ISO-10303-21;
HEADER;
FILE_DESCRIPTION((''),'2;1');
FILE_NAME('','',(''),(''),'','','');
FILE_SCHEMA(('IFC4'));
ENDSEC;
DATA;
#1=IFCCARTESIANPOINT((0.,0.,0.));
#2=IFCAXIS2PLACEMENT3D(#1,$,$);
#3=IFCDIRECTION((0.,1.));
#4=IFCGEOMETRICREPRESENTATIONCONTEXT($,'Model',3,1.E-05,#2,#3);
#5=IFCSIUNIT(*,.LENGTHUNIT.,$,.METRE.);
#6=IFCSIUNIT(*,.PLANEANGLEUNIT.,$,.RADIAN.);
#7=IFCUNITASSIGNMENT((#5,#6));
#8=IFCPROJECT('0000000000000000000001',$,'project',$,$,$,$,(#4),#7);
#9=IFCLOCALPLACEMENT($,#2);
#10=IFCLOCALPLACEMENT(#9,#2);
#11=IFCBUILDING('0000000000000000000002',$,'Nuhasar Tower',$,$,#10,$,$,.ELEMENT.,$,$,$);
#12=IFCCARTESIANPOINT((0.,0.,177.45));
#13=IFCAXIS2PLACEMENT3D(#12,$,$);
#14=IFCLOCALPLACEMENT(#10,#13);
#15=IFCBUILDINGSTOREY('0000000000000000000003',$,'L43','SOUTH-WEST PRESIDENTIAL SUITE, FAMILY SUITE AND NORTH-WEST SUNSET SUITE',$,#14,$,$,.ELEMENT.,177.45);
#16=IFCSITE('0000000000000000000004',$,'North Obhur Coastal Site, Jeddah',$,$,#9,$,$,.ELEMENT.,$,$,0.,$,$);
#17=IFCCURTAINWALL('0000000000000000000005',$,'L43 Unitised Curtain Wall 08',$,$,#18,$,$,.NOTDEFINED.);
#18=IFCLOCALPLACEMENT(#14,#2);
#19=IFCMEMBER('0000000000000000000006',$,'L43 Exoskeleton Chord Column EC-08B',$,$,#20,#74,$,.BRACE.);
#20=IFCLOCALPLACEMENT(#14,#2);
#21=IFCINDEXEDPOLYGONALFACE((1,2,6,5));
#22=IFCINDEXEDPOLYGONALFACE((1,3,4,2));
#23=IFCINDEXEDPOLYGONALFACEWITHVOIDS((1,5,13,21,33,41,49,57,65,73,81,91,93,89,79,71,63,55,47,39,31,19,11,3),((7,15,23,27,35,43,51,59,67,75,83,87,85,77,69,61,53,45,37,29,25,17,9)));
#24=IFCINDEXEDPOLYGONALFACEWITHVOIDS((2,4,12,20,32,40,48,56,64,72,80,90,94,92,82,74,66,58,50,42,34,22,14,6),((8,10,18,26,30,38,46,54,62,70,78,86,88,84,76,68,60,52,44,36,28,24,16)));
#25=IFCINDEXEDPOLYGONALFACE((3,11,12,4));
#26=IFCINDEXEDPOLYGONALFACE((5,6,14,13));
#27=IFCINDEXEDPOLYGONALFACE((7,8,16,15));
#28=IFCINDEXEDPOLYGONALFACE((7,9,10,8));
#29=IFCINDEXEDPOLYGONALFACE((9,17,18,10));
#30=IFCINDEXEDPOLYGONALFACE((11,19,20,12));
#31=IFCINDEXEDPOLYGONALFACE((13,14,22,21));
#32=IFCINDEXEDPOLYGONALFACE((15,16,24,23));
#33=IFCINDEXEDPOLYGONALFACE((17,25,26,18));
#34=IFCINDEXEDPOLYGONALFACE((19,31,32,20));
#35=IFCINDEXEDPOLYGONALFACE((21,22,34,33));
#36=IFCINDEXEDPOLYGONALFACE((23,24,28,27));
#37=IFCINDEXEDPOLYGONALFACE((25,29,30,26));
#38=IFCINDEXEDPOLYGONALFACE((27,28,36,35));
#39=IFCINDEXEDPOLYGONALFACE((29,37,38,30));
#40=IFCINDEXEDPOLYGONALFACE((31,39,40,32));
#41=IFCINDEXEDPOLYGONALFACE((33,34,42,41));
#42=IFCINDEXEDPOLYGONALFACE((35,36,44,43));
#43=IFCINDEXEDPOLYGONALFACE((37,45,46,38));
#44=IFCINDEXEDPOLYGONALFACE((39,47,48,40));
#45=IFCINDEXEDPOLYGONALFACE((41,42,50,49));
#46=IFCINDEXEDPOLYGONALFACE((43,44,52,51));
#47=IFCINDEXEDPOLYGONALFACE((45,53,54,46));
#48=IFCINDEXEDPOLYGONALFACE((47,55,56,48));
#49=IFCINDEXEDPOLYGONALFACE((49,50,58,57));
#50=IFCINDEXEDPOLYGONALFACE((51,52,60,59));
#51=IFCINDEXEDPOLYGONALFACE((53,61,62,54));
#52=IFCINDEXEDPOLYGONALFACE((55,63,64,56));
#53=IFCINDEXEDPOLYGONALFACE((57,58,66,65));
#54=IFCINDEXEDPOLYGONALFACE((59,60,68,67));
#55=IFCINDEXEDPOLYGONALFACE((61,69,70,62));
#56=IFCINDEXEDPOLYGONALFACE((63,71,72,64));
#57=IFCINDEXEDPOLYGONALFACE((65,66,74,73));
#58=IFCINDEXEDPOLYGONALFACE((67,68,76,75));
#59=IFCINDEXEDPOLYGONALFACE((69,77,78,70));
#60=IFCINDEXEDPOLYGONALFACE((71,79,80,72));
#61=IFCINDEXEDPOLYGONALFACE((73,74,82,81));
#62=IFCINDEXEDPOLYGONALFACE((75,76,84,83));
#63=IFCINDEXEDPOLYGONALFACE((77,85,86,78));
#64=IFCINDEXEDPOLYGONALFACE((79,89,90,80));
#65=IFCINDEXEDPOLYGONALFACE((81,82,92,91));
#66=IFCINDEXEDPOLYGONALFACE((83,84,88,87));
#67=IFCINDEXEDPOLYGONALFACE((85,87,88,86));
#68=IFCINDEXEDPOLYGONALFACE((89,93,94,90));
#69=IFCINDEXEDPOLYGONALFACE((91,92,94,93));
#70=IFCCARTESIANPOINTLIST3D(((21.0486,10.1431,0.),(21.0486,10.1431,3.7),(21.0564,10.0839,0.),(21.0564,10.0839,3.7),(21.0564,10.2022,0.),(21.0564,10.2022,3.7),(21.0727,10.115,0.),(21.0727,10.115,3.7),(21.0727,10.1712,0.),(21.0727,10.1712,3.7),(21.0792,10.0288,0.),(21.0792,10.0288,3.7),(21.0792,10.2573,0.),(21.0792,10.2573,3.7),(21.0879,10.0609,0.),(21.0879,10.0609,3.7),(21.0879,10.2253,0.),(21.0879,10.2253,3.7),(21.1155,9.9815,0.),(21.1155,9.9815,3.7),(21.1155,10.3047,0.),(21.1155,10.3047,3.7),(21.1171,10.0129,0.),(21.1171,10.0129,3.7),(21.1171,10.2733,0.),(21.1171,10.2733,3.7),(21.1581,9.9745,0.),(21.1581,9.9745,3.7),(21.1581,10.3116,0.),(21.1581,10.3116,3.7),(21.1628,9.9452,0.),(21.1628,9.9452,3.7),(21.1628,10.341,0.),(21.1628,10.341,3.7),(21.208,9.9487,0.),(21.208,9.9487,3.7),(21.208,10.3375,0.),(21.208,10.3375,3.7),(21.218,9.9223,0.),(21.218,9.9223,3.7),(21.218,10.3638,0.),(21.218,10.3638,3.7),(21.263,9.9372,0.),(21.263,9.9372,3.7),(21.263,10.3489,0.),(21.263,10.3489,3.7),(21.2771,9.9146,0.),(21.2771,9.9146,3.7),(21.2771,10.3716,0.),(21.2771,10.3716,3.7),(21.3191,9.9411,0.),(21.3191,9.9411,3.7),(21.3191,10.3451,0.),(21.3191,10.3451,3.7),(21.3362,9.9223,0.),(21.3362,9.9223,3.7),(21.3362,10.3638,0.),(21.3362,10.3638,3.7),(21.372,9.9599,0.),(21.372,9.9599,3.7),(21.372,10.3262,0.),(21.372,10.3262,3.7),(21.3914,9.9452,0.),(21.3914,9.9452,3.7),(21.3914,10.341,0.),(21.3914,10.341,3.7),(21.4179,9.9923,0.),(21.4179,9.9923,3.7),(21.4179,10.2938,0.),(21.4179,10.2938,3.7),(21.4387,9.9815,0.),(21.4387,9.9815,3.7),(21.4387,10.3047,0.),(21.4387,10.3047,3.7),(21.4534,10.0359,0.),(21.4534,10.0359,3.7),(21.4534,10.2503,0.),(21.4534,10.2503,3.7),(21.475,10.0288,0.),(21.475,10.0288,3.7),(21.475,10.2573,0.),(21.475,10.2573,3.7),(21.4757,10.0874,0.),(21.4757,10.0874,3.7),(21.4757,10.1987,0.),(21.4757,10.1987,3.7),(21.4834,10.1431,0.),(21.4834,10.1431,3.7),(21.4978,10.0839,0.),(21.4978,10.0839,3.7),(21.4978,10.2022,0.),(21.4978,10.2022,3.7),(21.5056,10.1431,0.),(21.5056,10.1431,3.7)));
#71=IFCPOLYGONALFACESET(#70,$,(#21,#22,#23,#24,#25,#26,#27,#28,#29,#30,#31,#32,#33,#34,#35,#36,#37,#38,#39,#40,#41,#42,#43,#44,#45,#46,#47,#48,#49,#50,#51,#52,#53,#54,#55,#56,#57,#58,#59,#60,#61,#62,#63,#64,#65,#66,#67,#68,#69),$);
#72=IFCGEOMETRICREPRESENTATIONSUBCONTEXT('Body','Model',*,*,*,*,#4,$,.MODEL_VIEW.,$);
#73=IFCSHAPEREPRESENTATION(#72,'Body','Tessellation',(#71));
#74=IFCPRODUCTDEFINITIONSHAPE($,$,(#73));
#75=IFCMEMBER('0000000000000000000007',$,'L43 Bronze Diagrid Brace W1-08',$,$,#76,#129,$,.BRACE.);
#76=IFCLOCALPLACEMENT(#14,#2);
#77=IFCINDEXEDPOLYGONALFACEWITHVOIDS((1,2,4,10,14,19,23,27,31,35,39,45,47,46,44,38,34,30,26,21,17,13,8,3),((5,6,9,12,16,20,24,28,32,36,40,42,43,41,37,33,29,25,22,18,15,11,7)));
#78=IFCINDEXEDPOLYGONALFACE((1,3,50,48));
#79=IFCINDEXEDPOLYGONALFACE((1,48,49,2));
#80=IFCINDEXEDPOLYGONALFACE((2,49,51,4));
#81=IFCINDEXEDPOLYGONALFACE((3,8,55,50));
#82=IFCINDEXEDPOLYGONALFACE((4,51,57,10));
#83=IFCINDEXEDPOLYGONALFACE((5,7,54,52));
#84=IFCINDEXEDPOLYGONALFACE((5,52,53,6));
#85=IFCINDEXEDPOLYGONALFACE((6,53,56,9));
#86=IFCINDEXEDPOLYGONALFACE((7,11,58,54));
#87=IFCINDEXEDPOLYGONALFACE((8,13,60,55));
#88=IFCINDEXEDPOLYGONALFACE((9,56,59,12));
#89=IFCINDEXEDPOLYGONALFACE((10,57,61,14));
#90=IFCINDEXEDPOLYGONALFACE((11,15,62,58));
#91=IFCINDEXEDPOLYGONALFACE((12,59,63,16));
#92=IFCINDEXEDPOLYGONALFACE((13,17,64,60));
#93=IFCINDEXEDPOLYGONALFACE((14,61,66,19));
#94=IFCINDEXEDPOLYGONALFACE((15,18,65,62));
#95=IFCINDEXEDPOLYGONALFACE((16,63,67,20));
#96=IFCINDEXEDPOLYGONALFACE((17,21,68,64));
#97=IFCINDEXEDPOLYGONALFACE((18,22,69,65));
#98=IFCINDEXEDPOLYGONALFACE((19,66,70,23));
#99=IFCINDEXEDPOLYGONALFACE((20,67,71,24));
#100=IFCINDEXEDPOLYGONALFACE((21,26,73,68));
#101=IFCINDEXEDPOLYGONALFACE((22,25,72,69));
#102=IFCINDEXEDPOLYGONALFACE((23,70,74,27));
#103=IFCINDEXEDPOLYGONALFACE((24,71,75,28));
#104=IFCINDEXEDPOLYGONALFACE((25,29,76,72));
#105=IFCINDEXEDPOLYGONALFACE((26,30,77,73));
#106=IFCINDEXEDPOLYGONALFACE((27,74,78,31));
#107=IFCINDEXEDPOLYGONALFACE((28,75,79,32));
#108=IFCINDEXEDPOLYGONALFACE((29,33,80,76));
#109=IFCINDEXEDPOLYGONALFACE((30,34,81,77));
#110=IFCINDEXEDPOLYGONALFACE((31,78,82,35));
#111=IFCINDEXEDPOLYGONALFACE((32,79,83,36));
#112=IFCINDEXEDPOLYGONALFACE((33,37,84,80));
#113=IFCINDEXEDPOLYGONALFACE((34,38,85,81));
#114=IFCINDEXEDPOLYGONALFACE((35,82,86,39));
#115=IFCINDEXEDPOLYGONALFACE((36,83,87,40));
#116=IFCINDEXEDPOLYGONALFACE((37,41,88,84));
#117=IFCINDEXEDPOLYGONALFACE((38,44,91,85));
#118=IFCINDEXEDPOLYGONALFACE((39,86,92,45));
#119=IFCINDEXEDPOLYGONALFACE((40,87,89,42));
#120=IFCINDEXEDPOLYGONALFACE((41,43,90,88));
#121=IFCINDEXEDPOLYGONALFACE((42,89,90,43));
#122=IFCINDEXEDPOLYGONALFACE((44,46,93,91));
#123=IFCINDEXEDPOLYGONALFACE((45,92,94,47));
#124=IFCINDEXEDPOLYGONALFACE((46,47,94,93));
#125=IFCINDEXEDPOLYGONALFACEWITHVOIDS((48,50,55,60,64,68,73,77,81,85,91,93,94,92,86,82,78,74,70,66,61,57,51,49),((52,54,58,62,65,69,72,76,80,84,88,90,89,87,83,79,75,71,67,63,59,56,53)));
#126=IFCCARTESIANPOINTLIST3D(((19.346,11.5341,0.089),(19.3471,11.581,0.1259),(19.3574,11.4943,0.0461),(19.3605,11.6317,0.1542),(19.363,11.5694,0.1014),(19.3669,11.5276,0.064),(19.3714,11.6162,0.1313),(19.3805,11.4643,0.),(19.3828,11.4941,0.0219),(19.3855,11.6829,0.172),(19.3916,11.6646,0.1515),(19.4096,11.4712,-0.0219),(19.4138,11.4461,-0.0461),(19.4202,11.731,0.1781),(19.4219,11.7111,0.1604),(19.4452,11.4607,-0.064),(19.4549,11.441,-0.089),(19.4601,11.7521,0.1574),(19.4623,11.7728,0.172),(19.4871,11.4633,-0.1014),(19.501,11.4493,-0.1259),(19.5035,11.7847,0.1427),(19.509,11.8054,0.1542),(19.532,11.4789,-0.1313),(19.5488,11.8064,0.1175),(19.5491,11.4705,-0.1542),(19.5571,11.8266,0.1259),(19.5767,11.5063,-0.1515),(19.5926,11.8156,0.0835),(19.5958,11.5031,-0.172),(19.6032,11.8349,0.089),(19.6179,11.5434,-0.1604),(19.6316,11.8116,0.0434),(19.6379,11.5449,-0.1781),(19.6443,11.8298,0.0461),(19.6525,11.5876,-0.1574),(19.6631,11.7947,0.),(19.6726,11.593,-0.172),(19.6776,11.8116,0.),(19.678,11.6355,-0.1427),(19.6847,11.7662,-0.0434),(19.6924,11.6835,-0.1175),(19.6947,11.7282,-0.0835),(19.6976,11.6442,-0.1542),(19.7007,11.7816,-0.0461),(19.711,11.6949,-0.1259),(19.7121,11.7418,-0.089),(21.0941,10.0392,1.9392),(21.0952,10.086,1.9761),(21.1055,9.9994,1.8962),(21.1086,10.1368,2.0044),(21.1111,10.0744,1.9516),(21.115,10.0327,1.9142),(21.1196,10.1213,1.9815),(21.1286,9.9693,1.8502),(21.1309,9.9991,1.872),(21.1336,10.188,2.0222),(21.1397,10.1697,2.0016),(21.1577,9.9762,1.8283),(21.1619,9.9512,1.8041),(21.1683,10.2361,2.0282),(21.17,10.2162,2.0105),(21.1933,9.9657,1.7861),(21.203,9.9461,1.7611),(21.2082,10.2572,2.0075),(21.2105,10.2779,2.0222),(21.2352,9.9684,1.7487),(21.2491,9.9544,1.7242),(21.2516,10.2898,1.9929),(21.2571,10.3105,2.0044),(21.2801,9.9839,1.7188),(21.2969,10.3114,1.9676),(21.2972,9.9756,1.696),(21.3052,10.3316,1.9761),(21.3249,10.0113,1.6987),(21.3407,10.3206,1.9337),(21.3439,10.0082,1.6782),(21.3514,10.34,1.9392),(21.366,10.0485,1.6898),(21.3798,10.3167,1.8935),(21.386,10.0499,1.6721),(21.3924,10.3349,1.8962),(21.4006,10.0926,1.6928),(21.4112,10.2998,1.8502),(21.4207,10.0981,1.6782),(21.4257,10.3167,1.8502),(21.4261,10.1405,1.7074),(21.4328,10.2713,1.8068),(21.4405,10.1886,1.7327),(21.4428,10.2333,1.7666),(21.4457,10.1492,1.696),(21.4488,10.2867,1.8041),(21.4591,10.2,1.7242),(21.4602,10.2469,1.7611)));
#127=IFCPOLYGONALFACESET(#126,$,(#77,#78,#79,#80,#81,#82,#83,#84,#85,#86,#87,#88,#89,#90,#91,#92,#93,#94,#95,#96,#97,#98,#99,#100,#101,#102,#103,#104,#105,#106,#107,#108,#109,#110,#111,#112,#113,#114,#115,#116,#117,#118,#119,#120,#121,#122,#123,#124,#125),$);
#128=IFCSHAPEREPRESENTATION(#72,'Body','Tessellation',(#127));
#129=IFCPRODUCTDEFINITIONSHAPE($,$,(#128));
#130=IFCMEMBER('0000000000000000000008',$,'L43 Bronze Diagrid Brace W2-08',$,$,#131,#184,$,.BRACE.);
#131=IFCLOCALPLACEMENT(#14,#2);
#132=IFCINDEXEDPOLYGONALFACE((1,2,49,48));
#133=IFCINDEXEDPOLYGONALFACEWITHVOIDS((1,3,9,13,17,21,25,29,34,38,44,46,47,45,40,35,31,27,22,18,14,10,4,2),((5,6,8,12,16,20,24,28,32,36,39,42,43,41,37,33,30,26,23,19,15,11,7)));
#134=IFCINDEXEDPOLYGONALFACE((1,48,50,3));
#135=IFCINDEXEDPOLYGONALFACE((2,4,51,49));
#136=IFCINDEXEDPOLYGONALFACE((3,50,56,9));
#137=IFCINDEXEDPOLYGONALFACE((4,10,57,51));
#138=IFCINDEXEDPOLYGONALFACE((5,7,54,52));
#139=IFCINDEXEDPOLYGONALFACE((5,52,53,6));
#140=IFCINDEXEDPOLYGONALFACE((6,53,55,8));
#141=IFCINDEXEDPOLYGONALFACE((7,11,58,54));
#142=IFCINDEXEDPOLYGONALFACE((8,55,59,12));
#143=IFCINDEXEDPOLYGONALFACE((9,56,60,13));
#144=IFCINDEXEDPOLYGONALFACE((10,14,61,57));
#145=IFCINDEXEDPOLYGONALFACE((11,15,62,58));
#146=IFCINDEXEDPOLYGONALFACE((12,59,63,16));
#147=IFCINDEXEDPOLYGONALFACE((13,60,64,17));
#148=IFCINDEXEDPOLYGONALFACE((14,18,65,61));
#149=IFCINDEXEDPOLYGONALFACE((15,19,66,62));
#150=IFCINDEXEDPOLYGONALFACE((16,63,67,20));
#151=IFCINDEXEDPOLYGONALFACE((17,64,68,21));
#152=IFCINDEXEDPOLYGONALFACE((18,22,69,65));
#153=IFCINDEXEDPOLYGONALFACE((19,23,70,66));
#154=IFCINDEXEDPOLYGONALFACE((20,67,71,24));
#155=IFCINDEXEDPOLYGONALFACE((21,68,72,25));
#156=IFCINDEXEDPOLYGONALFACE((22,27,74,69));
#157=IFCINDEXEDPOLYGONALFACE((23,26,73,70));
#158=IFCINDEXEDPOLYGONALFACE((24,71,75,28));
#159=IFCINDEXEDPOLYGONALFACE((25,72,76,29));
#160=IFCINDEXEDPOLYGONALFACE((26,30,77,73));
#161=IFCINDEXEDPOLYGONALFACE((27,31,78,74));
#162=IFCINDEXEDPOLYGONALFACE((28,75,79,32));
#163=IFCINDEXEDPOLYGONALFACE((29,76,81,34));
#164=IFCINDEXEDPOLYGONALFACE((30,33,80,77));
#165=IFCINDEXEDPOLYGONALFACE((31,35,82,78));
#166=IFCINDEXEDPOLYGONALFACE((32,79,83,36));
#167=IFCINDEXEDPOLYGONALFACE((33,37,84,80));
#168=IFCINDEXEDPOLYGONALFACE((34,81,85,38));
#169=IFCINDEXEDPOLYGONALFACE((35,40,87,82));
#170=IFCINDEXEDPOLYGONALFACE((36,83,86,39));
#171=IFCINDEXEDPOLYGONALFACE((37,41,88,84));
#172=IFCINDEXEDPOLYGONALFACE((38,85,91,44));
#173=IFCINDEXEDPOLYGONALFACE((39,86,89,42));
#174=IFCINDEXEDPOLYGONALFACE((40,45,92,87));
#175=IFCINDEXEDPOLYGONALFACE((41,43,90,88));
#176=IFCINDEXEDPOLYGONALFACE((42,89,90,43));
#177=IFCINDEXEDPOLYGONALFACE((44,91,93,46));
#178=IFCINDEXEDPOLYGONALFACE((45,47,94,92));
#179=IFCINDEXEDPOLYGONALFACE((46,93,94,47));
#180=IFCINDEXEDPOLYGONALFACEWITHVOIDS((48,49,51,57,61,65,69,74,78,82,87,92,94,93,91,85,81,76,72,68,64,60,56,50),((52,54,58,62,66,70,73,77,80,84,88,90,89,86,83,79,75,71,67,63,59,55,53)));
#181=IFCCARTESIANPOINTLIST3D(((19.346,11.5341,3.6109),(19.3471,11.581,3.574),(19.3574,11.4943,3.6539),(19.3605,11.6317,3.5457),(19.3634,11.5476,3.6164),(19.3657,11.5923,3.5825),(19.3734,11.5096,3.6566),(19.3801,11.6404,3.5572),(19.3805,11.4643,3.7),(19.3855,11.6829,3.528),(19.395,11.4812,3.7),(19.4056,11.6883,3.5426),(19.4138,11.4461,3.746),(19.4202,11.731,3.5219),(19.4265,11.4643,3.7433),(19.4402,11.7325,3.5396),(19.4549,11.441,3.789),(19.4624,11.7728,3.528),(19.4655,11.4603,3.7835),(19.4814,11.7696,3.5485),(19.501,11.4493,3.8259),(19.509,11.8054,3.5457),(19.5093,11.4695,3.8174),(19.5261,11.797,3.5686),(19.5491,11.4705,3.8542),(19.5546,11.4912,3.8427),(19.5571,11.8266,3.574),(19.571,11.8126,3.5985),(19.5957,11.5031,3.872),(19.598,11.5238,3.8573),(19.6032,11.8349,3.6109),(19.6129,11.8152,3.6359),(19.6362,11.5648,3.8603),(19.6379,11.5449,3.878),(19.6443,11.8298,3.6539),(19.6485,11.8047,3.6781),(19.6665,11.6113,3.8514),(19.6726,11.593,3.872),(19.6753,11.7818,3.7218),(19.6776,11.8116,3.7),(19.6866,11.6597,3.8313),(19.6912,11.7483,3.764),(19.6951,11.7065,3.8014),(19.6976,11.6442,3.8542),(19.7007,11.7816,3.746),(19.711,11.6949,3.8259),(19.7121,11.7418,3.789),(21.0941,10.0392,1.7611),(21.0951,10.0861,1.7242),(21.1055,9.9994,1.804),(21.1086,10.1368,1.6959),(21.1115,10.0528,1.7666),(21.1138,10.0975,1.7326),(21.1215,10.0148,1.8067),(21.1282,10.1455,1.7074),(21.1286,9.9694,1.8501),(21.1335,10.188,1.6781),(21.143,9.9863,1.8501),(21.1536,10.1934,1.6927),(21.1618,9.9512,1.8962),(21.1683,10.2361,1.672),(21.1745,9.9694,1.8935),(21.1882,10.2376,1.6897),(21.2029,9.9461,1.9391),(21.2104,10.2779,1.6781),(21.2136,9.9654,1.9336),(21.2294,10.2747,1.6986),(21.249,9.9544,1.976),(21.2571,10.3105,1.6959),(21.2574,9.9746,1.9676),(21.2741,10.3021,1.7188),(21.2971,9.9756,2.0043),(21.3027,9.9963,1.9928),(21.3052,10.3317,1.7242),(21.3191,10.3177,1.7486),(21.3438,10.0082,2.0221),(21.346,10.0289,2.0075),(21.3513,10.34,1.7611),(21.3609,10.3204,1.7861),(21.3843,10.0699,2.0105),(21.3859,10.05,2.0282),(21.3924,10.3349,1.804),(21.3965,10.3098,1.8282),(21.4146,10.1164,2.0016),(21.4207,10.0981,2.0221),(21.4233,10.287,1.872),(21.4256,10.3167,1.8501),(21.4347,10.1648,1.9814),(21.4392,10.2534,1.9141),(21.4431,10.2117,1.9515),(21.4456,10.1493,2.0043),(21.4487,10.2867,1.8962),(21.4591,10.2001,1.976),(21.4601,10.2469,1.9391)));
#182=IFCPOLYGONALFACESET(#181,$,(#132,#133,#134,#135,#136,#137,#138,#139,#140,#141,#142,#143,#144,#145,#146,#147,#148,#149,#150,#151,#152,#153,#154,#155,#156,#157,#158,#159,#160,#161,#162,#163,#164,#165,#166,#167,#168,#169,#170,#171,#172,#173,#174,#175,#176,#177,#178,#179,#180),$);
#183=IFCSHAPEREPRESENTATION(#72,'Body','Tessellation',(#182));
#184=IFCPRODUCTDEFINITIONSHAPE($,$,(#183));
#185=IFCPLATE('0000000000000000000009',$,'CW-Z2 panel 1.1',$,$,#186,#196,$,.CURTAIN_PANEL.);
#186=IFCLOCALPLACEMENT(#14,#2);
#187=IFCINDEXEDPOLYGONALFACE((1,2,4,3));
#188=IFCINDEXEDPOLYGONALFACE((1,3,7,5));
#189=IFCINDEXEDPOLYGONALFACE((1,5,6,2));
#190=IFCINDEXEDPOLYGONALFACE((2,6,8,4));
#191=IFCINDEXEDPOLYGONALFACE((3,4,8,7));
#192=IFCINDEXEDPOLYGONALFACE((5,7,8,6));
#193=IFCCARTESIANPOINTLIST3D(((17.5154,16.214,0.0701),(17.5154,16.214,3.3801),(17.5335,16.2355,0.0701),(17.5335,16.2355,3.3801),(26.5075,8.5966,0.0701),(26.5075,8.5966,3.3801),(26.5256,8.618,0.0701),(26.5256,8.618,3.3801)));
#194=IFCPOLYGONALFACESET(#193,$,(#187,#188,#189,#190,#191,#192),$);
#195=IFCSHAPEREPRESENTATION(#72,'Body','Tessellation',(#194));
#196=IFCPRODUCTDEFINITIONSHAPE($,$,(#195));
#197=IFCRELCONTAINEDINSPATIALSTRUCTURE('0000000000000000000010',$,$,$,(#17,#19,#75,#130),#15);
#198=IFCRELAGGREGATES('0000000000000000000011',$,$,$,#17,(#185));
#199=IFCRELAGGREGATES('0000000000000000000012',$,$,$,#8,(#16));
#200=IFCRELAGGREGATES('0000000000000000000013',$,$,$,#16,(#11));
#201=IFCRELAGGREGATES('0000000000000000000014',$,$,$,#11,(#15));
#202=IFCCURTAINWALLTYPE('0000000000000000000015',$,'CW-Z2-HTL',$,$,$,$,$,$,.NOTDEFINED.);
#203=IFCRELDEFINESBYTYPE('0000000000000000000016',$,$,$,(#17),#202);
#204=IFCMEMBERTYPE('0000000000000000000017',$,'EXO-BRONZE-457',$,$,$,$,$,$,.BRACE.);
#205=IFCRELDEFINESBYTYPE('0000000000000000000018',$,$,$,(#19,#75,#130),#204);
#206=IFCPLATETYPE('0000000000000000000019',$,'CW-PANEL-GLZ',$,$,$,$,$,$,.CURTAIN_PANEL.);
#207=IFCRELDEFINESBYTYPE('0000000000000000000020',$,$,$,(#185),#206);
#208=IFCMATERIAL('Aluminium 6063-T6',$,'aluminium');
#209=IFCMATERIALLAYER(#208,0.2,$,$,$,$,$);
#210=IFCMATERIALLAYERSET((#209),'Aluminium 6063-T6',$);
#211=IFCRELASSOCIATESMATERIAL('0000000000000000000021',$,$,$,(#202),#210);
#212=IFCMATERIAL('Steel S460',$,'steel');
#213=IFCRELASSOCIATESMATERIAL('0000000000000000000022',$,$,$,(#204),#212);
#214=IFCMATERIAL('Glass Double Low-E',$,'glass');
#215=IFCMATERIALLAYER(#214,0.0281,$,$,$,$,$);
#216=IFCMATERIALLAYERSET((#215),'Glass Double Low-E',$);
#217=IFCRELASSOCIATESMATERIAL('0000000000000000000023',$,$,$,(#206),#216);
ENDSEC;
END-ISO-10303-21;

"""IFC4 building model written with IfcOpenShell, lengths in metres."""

from ifc_helpers import new_model, si_unit, direction, frame, origin, origin_2d, place, context, subcontext, project, spatial, rectangle, hollow_circle, extrude, material, layer, layer_set, material_profile, profile_set, type_object, element, aggregate, save


model = new_model("IFC4")

# Units and contexts
model_context = context("Model", 3, precision=1e-05, world=origin(), true_north=direction((0.0, 1.0)))
body_context = subcontext(model_context, "Body", "Model", "MODEL_VIEW")
ifc_project = project(units=[si_unit("LENGTHUNIT", "METRE"), si_unit("PLANEANGLEUNIT", "RADIAN")], contexts=[model_context])

# Site, building, storey
site_placement = place(None, origin())
site = spatial("IfcSite", under=ifc_project, at=site_placement, Name="North Obhur Coastal Site, Jeddah", CompositionType="ELEMENT", RefElevation=0.0)
building_placement = place(site_placement, origin())
building = spatial("IfcBuilding", under=site, at=building_placement, Name="Nuhasar Tower", CompositionType="ELEMENT")
storey_placement = place(building_placement, frame((0.0, 0.0, 177.45)))
storey = spatial("IfcBuildingStorey", under=building, at=storey_placement, Name="L43", Description="SOUTH-WEST PRESIDENTIAL SUITE, FAMILY SUITE AND NORTH-WEST SUNSET SUITE", CompositionType="ELEMENT", Elevation=177.45)

# Curtain wall
ifc_material_1 = material(Name="Aluminium 6063-T6", Category="aluminium")
ifc_layer_1 = layer(ifc_material_1, 0.2)
ifc_layer_set_1 = layer_set([ifc_layer_1], Name="Aluminium 6063-T6")
curtain_wall_type = type_object("IfcCurtainWallType", Name="CW-Z2-HTL", PredefinedType="NOTDEFINED", material=ifc_layer_set_1)
curtain_wall_1_placement = place(storey_placement, origin())
curtain_wall_1 = element("IfcCurtainWall", 1, at=curtain_wall_1_placement, inside=storey, type_object=curtain_wall_type, Name="L43 Unitised Curtain Wall 08", PredefinedType="NOTDEFINED")

# Members
ifc_material_2 = material(Name="Steel S460", Category="steel")
ifc_material_profile_1 = material_profile(ifc_material_2, hollow_circle(Radius=0.2285, WallThickness=0.0222, at=origin_2d()), Name="HSS457X22.2")
ifc_profile_set_1 = profile_set([ifc_material_profile_1], Name="Steel S460")
member_type_1 = type_object("IfcMemberType", Name="EXO-BRONZE-457", PredefinedType="BRACE", material=ifc_profile_set_1)
for number, where, z_axis, x_axis, name in (
    (2, (21.2771, 10.1431, 0.0), (0.0, 0.0, 1.0), (1.0, 0.0, 0.0), "L43 Exoskeleton Chord Column EC-08B"),
):
    element("IfcMember", number, at=place(storey_placement, frame(where, z_axis=z_axis, x_axis=x_axis)), inside=storey, type_object=member_type_1, Name=name, PredefinedType="BRACE", context=body_context, shape_type="SweptSolid", body=[
        extrude(hollow_circle(Radius=0.2285, WallThickness=0.0222, at=origin_2d()), origin(), (0.0, 0.0, 1.0), 3.7),
    ])
member_1_placement = place(storey_placement, frame((19.5291, 11.6379, 0.0), z_axis=(0.592195, -0.506426, 0.626767), x_axis=(0.649926, 0.759998, 0.0)))
element("IfcMember", 3, at=member_1_placement, inside=storey, type_object=member_type_1, Name="L43 Bronze Diagrid Brace W1-08", PredefinedType="BRACE", context=body_context, shape_type="SweptSolid", body=[
    extrude(hollow_circle(Radius=0.2285, WallThickness=0.0222, at=origin_2d()), origin(), (0.0, 0.0, 1.0), 2.9519),
])
member_2_placement = place(storey_placement, frame((21.2771, 10.1431, 1.8501), z_axis=(-0.592226, 0.506452, 0.626717), x_axis=(-0.649926, -0.759998, 0.0)))
element("IfcMember", 4, at=member_2_placement, inside=storey, type_object=member_type_1, Name="L43 Bronze Diagrid Brace W2-08", PredefinedType="BRACE", context=body_context, shape_type="SweptSolid", body=[
    extrude(hollow_circle(Radius=0.2285, WallThickness=0.0222, at=origin_2d()), origin(), (0.0, 0.0, 1.0), 2.9517),
])

# Plate
ifc_material_3 = material(Name="Glass Double Low-E", Category="glass")
ifc_layer_2 = layer(ifc_material_3, 0.0281)
ifc_layer_set_2 = layer_set([ifc_layer_2], Name="Glass Double Low-E")
plate_type = type_object("IfcPlateType", Name="CW-PANEL-GLZ", PredefinedType="CURTAIN_PANEL", material=ifc_layer_set_2)
plate_placement = place(storey_placement, frame((22.0205, 12.416, 0.0701), z_axis=(0.0, 0.0, 1.0), x_axis=(0.76302, -0.646374, 0.0)))
plate = element("IfcPlate", 5, at=plate_placement, type_object=plate_type, Name="CW-Z2 panel 1.1", PredefinedType="CURTAIN_PANEL", context=body_context, shape_type="SweptSolid", body=[
    extrude(rectangle(XDim=11.7849, YDim=0.0281, at=origin_2d()), origin(), (0.0, 0.0, 1.0), 3.3101),
])
aggregate(curtain_wall_1, [plate])

save(model, "model.ifc")
